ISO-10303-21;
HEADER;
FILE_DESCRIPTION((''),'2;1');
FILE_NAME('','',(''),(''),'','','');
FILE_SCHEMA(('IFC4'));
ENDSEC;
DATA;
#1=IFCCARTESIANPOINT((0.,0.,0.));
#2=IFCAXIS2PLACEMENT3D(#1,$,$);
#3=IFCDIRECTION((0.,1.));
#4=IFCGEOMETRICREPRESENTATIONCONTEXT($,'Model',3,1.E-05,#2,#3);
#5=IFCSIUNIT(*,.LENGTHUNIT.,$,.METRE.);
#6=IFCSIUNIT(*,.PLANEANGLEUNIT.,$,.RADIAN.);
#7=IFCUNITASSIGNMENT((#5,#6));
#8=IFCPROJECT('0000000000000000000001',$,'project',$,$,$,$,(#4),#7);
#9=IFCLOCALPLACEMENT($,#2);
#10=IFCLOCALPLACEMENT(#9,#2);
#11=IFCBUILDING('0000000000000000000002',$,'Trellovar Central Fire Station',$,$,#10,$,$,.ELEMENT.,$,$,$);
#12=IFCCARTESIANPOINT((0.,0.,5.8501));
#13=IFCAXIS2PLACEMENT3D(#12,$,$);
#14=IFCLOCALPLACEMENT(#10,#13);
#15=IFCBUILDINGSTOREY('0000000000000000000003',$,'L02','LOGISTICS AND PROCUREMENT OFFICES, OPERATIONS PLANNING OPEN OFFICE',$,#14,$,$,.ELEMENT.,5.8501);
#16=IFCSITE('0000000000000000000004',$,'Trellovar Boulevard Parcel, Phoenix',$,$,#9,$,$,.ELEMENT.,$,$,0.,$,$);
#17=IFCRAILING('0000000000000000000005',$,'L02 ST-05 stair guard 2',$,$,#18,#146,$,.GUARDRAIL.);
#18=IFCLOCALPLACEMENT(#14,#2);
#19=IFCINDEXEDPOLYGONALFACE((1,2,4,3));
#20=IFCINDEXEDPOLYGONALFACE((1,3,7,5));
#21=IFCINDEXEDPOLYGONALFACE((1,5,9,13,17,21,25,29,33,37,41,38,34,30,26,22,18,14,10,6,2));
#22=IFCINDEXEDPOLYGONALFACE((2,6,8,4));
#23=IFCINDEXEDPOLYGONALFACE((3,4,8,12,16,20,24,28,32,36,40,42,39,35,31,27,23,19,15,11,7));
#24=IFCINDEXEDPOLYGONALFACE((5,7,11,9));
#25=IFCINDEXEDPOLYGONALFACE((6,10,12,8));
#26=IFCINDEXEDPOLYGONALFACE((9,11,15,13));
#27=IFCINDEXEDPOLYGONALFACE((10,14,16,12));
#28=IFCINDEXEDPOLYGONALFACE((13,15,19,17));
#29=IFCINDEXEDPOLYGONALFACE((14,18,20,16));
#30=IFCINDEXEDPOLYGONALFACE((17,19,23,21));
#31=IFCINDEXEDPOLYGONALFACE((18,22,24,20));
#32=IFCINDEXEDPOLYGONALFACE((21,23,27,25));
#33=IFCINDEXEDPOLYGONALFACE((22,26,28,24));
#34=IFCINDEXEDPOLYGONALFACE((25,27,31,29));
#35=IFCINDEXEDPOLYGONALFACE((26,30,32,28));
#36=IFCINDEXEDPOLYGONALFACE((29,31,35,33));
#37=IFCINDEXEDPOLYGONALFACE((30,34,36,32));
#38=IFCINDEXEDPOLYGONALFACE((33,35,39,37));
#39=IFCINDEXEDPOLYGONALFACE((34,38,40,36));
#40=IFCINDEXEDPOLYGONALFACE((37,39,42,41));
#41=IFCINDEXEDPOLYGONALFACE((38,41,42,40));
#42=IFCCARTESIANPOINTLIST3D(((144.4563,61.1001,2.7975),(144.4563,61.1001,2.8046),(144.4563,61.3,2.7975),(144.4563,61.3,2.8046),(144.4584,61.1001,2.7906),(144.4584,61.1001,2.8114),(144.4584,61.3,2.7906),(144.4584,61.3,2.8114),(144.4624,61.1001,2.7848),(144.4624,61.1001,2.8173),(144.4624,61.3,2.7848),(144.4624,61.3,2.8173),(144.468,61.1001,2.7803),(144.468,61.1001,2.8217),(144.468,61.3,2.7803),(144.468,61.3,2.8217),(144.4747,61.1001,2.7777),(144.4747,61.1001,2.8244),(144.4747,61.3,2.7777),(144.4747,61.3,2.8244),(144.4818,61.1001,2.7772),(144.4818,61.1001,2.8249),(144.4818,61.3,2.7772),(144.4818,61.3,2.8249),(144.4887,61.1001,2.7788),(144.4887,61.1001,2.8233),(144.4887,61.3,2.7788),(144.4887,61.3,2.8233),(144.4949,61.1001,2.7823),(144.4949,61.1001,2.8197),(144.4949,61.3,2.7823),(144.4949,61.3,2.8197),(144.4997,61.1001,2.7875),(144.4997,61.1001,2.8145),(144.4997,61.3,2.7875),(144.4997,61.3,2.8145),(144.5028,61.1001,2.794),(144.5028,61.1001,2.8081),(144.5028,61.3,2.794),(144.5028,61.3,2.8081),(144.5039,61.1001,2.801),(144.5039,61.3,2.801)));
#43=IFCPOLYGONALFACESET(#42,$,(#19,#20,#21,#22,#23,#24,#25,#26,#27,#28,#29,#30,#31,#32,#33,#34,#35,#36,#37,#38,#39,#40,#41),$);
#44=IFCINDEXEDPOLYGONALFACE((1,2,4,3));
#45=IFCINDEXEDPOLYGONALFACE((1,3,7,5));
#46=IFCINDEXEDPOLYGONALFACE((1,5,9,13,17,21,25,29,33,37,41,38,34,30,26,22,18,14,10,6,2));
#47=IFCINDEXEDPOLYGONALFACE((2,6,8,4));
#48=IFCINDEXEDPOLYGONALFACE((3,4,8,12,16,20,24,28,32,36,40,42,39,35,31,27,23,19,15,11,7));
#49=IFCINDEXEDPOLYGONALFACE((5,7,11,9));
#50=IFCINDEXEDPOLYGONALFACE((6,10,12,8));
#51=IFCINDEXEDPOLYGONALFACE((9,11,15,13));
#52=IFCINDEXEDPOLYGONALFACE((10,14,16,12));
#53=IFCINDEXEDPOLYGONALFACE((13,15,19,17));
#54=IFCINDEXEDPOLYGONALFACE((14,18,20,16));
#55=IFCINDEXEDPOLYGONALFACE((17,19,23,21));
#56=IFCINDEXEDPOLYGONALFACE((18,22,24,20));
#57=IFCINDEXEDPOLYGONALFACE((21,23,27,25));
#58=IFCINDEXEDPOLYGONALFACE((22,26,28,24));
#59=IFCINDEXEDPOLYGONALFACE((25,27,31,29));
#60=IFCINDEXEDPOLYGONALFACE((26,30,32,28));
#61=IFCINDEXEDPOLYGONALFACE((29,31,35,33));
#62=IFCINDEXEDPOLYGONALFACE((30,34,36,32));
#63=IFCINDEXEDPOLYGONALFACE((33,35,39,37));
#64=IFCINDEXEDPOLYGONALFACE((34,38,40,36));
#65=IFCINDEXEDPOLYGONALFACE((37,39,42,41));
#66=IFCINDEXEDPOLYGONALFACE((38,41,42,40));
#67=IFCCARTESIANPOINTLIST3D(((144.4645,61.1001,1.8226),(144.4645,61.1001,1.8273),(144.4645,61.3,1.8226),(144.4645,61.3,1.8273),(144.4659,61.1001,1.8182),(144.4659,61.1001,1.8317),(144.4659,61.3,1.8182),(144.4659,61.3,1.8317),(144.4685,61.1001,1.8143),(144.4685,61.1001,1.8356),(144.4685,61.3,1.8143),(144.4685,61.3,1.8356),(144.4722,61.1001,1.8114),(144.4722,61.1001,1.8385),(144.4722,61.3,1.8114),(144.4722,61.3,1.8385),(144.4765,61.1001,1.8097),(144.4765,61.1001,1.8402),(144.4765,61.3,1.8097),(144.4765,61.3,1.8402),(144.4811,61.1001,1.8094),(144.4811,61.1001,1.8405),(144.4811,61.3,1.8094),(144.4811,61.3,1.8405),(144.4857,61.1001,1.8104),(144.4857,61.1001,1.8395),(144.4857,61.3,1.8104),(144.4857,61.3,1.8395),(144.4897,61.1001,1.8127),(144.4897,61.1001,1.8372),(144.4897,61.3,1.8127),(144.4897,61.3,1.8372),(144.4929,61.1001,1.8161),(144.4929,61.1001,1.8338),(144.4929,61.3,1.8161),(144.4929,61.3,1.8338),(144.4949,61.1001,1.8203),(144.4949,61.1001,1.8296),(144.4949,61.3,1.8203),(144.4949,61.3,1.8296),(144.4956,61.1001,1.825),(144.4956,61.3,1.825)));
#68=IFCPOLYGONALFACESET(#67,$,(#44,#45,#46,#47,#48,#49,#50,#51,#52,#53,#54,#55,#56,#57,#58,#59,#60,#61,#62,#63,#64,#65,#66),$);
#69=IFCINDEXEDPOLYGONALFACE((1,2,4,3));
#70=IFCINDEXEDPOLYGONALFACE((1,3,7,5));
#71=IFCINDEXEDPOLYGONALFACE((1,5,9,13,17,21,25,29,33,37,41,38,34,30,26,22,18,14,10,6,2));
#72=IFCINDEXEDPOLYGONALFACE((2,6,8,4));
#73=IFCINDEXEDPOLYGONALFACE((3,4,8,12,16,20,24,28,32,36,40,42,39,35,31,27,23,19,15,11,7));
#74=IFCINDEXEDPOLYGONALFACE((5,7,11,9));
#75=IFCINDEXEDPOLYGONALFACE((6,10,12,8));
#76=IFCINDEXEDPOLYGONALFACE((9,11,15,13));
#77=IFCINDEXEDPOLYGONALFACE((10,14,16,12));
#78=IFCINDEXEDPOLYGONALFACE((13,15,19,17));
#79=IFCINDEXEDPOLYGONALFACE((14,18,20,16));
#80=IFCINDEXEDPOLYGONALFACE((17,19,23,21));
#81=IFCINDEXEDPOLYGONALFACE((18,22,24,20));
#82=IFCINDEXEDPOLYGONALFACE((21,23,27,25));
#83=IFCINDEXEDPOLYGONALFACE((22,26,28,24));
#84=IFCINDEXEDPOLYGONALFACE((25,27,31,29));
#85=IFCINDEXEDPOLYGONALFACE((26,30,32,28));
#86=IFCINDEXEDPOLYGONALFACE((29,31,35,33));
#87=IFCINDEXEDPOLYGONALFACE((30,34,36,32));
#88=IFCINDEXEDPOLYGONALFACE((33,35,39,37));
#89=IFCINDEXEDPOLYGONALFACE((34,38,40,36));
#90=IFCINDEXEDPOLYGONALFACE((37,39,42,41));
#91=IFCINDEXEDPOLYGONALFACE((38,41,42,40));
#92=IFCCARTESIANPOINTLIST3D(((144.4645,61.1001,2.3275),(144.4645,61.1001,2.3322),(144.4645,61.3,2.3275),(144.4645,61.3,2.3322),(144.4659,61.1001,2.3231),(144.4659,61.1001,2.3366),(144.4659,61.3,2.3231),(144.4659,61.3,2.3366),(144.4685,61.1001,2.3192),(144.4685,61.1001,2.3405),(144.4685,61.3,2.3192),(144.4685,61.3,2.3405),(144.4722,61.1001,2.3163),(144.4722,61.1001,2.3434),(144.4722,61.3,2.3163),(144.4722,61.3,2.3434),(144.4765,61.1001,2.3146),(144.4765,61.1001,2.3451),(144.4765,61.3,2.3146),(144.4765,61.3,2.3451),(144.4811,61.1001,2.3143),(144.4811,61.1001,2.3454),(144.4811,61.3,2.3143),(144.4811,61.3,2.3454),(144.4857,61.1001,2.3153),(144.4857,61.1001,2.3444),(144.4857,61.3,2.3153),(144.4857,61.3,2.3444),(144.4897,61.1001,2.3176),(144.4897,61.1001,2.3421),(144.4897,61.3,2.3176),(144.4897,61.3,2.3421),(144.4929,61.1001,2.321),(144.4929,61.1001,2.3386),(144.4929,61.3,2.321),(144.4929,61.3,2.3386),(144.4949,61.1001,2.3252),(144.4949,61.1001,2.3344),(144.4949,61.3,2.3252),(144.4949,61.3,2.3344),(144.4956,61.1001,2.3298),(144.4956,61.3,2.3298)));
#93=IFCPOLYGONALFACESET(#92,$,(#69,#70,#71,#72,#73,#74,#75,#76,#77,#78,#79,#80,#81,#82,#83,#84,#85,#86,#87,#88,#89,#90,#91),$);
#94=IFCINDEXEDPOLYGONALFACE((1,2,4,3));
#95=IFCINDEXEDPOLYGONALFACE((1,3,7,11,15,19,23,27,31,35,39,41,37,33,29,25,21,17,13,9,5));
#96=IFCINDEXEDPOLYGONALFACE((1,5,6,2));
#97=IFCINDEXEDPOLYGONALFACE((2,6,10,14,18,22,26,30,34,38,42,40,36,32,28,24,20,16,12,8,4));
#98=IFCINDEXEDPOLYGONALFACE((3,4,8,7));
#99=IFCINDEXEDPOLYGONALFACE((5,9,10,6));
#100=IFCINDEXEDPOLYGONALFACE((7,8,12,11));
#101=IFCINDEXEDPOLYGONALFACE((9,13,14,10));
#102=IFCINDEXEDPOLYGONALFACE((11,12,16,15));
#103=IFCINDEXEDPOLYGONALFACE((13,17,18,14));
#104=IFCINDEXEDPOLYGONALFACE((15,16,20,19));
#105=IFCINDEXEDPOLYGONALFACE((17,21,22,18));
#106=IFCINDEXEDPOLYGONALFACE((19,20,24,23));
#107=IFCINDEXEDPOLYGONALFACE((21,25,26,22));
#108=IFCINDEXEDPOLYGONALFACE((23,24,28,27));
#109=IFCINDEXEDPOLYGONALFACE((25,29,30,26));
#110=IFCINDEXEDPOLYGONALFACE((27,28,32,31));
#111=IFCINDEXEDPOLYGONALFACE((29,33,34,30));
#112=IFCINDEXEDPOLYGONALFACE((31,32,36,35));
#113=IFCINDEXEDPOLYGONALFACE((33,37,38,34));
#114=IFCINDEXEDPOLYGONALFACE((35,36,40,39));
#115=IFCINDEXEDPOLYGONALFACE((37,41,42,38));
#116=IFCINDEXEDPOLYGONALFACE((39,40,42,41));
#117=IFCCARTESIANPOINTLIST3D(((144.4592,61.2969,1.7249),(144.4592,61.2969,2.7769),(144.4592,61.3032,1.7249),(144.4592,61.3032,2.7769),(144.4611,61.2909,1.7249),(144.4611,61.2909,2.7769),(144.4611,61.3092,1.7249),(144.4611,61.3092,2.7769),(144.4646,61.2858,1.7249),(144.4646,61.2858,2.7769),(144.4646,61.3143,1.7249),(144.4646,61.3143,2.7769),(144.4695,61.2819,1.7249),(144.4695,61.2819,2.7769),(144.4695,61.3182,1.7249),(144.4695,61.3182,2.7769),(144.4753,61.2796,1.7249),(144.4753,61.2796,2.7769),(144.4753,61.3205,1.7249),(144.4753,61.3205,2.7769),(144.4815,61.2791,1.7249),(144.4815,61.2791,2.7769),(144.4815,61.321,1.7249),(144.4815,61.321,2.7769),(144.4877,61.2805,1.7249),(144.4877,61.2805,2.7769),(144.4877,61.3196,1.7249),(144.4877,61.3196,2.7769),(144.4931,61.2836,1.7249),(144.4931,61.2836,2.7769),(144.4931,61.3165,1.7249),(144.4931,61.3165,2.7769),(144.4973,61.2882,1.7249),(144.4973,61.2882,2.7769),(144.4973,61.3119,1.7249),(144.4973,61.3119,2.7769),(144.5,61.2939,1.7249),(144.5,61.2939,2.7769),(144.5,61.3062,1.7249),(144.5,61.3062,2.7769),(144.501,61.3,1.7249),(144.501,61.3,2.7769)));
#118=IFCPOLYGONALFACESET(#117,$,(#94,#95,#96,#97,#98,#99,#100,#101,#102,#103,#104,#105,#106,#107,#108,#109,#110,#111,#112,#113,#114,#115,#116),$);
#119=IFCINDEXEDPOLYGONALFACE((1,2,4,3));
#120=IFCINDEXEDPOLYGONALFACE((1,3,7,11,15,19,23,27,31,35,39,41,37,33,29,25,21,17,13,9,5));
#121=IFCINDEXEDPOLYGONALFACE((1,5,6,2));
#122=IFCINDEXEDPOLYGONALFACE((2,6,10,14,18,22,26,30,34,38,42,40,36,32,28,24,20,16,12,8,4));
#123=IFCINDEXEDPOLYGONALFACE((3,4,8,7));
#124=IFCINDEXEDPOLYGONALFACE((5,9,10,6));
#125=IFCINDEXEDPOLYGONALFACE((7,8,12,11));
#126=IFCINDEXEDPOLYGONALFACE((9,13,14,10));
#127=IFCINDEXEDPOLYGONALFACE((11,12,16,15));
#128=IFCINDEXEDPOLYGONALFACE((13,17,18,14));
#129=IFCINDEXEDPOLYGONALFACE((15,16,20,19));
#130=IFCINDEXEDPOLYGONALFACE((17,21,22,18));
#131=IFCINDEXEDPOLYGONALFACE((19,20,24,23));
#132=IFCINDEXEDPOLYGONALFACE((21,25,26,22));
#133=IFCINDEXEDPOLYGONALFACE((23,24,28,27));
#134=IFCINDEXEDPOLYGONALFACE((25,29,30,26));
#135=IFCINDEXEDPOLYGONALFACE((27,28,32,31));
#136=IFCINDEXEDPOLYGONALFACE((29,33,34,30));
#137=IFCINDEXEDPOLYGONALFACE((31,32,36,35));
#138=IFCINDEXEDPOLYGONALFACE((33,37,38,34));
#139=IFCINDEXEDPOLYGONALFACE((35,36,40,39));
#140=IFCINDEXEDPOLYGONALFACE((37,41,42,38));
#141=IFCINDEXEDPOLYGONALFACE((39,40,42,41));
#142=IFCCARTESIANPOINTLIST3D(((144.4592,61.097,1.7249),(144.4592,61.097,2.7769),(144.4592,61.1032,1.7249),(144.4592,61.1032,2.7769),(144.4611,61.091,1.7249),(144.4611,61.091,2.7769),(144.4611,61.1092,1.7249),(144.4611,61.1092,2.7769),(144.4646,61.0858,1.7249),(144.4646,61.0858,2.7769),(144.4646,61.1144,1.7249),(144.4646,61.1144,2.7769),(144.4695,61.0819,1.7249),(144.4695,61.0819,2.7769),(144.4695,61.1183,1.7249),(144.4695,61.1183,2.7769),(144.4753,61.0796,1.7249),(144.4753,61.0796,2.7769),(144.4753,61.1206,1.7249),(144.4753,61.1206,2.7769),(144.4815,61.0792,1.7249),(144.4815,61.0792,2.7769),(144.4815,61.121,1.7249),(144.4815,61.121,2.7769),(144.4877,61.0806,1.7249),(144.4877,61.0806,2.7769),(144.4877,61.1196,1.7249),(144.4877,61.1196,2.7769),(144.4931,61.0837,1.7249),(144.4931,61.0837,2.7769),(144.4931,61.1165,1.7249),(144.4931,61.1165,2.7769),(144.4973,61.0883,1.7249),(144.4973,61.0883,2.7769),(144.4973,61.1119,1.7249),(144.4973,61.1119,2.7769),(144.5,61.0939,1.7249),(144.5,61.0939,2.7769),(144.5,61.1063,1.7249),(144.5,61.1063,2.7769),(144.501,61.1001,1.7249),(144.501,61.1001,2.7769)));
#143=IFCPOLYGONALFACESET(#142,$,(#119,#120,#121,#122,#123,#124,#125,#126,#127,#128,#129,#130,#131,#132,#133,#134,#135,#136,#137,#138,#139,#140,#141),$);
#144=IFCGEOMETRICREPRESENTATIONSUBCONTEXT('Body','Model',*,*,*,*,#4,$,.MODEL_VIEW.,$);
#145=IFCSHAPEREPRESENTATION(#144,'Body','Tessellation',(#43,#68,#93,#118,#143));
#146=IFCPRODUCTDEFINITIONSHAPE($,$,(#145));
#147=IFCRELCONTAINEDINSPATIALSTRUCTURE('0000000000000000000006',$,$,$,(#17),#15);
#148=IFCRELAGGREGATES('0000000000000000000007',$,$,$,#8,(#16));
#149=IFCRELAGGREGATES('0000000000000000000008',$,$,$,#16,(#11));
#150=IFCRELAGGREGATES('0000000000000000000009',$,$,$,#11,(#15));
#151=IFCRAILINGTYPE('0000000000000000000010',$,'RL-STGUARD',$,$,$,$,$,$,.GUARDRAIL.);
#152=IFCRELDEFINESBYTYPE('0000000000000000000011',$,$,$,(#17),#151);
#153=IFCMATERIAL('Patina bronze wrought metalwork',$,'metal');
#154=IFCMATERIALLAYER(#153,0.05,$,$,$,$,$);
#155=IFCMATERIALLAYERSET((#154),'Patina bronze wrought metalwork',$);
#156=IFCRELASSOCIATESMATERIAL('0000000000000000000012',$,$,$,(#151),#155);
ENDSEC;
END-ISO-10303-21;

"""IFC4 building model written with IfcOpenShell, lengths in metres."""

from ifc_helpers import new_model, si_unit, direction, frame, origin, origin_2d, place, context, subcontext, project, spatial, circle, extrude, material, layer, layer_set, type_object, element, save


model = new_model("IFC4")

# Units and contexts
model_context = context("Model", 3, precision=1e-05, world=origin(), true_north=direction((0.0, 1.0)))
body_context = subcontext(model_context, "Body", "Model", "MODEL_VIEW")
ifc_project = project(units=[si_unit("LENGTHUNIT", "METRE"), si_unit("PLANEANGLEUNIT", "RADIAN")], contexts=[model_context])

# Site, building, storey
site_placement = place(None, origin())
site = spatial("IfcSite", under=ifc_project, at=site_placement, Name="Trellovar Boulevard Parcel, Phoenix", CompositionType="ELEMENT", RefElevation=0.0)
building_placement = place(site_placement, origin())
building = spatial("IfcBuilding", under=site, at=building_placement, Name="Trellovar Central Fire Station", CompositionType="ELEMENT")
storey_placement = place(building_placement, frame((0.0, 0.0, 5.8501)))
storey = spatial("IfcBuildingStorey", under=building, at=storey_placement, Name="L02", Description="LOGISTICS AND PROCUREMENT OFFICES, OPERATIONS PLANNING OPEN OFFICE", CompositionType="ELEMENT", Elevation=5.8501)

# Railing
ifc_material_1 = material(Name="Patina bronze wrought metalwork", Category="metal")
ifc_layer_1 = layer(ifc_material_1, 0.05)
ifc_layer_set_1 = layer_set([ifc_layer_1], Name="Patina bronze wrought metalwork")
railing_type_1 = type_object("IfcRailingType", Name="RL-STGUARD", PredefinedType="GUARDRAIL", material=ifc_layer_set_1)
railing_1_placement = place(storey_placement, frame((144.48, 61.3, 1.7249)))
element("IfcRailing", 1, at=railing_1_placement, inside=storey, type_object=railing_type_1, Name="L02 ST-05 stair guard 2", PredefinedType="GUARDRAIL", context=body_context, shape_type="SweptSolid", body=[
    extrude(circle(Radius=0.0239, at=origin_2d()), frame((0.0, 0.0, 1.0762), z_axis=(0.0, -1.0, 0.0), x_axis=(1.0, 0.0, 0.0)), (0.0, 0.0, 1.0), 0.2),
    extrude(circle(Radius=0.0156, at=origin_2d()), frame((0.0, 0.0, 0.1001), z_axis=(0.0, -1.0, 0.0), x_axis=(1.0, 0.0, 0.0)), (0.0, 0.0, 1.0), 0.2),
    extrude(circle(Radius=0.0156, at=origin_2d()), frame((0.0, 0.0, 0.605), z_axis=(0.0, -1.0, 0.0), x_axis=(1.0, 0.0, 0.0)), (0.0, 0.0, 1.0), 0.2),
    extrude(circle(Radius=0.021, at=origin_2d()), origin(), (0.0, 0.0, 1.0), 1.052),
    extrude(circle(Radius=0.021, at=origin_2d()), frame((0.0, -0.2, 0.0)), (0.0, 0.0, 1.0), 1.052),
])

save(model, "model.ifc")
